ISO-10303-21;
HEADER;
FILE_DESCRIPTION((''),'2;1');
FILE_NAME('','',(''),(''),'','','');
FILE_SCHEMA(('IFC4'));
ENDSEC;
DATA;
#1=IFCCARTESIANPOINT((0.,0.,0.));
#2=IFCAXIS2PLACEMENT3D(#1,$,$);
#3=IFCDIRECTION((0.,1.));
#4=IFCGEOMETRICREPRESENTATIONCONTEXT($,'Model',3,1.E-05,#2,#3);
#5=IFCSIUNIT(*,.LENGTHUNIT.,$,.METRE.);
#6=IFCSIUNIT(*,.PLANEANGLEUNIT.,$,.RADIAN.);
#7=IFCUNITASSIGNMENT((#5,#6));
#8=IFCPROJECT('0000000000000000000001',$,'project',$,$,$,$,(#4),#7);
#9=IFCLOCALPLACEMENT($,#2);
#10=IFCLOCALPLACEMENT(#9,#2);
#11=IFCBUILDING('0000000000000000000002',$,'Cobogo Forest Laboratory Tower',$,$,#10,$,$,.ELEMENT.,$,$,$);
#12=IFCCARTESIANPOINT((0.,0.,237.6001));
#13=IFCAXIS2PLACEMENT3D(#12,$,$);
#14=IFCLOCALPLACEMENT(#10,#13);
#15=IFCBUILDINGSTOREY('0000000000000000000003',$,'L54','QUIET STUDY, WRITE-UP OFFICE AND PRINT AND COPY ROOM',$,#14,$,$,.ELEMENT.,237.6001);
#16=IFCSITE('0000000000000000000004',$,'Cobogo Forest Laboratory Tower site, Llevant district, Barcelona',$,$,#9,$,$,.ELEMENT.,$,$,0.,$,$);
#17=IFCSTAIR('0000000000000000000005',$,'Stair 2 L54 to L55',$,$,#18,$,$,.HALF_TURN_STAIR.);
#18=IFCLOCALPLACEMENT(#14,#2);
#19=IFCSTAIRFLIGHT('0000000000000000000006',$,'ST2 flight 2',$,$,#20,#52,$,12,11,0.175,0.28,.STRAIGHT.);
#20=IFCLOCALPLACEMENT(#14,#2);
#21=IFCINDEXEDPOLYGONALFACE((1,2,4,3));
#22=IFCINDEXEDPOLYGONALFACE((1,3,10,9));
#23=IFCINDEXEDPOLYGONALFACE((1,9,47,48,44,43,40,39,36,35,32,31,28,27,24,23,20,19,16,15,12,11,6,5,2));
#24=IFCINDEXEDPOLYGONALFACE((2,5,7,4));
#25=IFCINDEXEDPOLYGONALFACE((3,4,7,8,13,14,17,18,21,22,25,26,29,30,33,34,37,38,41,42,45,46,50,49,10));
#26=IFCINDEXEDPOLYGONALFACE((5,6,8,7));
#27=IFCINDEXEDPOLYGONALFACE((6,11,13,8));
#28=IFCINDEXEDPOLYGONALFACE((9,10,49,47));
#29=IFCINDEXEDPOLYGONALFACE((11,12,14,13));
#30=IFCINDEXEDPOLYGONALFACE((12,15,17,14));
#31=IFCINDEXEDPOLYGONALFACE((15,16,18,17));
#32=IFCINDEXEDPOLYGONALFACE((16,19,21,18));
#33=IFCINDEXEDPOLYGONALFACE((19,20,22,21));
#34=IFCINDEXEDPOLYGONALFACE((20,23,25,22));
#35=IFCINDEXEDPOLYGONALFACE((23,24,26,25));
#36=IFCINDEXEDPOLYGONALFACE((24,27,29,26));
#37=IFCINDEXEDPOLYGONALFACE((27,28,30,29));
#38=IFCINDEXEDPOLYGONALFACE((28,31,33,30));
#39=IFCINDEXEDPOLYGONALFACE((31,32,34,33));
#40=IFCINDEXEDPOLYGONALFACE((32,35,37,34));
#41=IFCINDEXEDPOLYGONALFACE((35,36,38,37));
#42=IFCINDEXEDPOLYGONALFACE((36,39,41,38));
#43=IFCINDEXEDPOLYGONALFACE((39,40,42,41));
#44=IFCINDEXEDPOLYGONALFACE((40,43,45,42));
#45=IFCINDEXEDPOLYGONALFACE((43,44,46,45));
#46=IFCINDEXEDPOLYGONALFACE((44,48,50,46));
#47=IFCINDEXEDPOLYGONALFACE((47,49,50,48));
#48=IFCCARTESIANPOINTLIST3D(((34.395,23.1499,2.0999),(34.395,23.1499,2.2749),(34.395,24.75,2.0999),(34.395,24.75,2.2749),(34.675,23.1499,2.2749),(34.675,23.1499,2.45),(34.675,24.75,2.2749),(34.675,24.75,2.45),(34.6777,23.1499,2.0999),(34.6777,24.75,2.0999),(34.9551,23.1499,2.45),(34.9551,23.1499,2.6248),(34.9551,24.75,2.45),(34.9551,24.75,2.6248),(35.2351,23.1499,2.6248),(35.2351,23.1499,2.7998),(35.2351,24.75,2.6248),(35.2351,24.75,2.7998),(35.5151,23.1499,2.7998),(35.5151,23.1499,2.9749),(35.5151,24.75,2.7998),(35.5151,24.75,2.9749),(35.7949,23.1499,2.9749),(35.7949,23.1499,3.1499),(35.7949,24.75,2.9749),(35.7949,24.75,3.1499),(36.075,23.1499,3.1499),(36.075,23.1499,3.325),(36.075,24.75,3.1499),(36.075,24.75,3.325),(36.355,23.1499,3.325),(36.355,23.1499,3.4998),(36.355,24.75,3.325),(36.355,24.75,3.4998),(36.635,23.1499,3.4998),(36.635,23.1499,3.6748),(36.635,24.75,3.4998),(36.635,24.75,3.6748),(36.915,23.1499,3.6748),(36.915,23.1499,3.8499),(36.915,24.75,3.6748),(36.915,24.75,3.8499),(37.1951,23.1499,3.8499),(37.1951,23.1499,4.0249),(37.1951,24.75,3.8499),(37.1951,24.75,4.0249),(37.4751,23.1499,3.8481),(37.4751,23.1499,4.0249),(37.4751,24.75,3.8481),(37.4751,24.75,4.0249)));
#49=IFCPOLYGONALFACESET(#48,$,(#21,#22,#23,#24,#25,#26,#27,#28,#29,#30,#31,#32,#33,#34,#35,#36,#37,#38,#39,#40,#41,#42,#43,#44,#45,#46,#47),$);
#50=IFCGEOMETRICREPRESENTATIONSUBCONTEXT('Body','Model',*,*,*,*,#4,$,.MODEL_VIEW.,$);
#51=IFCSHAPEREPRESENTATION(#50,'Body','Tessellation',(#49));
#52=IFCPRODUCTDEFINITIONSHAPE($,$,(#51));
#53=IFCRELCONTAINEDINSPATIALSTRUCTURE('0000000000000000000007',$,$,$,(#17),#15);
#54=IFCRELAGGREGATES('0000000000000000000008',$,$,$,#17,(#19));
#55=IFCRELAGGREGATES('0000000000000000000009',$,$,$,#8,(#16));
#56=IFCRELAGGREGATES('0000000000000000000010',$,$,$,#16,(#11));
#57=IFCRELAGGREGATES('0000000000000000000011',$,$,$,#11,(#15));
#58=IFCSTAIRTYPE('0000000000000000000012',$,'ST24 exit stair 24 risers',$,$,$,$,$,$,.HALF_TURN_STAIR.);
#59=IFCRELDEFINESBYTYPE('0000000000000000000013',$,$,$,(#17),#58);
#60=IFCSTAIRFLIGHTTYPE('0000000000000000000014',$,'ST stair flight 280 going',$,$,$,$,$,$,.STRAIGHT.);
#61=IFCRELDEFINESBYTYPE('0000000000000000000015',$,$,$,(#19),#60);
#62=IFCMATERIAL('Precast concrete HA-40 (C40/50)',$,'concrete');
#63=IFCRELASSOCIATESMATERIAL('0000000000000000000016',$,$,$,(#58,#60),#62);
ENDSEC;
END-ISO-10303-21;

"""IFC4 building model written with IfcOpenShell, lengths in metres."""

from ifc_helpers import new_model, si_unit, direction, frame, origin, place, context, subcontext, project, spatial, polyline, outline, extrude, material, type_object, element, aggregate, save


model = new_model("IFC4")

# Units and contexts
model_context = context("Model", 3, precision=1e-05, world=origin(), true_north=direction((0.0, 1.0)))
body_context = subcontext(model_context, "Body", "Model", "MODEL_VIEW")
ifc_project = project(units=[si_unit("LENGTHUNIT", "METRE"), si_unit("PLANEANGLEUNIT", "RADIAN")], contexts=[model_context])

# Site, building, storey
site_placement = place(None, origin())
site = spatial("IfcSite", under=ifc_project, at=site_placement, Name="Cobogo Forest Laboratory Tower site, Llevant district, Barcelona", CompositionType="ELEMENT", RefElevation=0.0)
building_placement = place(site_placement, origin())
building = spatial("IfcBuilding", under=site, at=building_placement, Name="Cobogo Forest Laboratory Tower", CompositionType="ELEMENT")
storey_placement = place(building_placement, frame((0.0, 0.0, 237.6001)))
storey = spatial("IfcBuildingStorey", under=building, at=storey_placement, Name="L54", Description="QUIET STUDY, WRITE-UP OFFICE AND PRINT AND COPY ROOM", CompositionType="ELEMENT", Elevation=237.6001)

# Stair, stair flight
ifc_material_1 = material(Name="Precast concrete HA-40 (C40/50)", Category="concrete")
stair_type = type_object("IfcStairType", Name="ST24 exit stair 24 risers", PredefinedType="HALF_TURN_STAIR", material=ifc_material_1)
stair_placement = place(storey_placement, origin())
stair = element("IfcStair", 1, at=stair_placement, inside=storey, type_object=stair_type, Name="Stair 2 L54 to L55", PredefinedType="HALF_TURN_STAIR")
stair_flight_type = type_object("IfcStairFlightType", Name="ST stair flight 280 going", PredefinedType="STRAIGHT", material=ifc_material_1)
stair_flight_1_placement = place(storey_placement, frame((34.395, 23.95, 2.0999), z_axis=(0.0, 0.0, 1.0), x_axis=(1.0, 0.0, 0.0)))
stair_flight_1 = element("IfcStairFlight", 2, at=stair_flight_1_placement, type_object=stair_flight_type, Name="ST2 flight 2", NumberOfRisers=12, NumberOfTreads=11, PredefinedType="STRAIGHT", RiserHeight=0.175, TreadLength=0.28, context=body_context, shape_type="SweptSolid", body=[
    extrude(outline(polyline([(0.0, 0.0), (0.0, 0.175), (0.28, 0.175), (0.28, 0.3501), (0.5601, 0.3501), (0.5601, 0.5249), (0.8401, 0.5249), (0.8401, 0.7), (1.1201, 0.7), (1.1201, 0.875), (1.3999, 0.875), (1.3999, 1.05), (1.6799, 1.05), (1.6799, 1.2251), (1.96, 1.2251), (1.96, 1.3999), (2.24, 1.3999), (2.24, 1.575), (2.52, 1.575), (2.52, 1.75), (2.8, 1.75), (2.8, 1.925), (3.0801, 1.925), (3.0801, 2.1001), (3.0801, 1.7483), (0.2827, 0.0), (0.0, 0.0)])), frame((0.0, 0.8, 0.0), z_axis=(0.0, -1.0, 0.0), x_axis=(1.0, 0.0, 0.0)), (0.0, 0.0, 1.0), 1.6001),
])
aggregate(stair, [stair_flight_1])

save(model, "model.ifc")
